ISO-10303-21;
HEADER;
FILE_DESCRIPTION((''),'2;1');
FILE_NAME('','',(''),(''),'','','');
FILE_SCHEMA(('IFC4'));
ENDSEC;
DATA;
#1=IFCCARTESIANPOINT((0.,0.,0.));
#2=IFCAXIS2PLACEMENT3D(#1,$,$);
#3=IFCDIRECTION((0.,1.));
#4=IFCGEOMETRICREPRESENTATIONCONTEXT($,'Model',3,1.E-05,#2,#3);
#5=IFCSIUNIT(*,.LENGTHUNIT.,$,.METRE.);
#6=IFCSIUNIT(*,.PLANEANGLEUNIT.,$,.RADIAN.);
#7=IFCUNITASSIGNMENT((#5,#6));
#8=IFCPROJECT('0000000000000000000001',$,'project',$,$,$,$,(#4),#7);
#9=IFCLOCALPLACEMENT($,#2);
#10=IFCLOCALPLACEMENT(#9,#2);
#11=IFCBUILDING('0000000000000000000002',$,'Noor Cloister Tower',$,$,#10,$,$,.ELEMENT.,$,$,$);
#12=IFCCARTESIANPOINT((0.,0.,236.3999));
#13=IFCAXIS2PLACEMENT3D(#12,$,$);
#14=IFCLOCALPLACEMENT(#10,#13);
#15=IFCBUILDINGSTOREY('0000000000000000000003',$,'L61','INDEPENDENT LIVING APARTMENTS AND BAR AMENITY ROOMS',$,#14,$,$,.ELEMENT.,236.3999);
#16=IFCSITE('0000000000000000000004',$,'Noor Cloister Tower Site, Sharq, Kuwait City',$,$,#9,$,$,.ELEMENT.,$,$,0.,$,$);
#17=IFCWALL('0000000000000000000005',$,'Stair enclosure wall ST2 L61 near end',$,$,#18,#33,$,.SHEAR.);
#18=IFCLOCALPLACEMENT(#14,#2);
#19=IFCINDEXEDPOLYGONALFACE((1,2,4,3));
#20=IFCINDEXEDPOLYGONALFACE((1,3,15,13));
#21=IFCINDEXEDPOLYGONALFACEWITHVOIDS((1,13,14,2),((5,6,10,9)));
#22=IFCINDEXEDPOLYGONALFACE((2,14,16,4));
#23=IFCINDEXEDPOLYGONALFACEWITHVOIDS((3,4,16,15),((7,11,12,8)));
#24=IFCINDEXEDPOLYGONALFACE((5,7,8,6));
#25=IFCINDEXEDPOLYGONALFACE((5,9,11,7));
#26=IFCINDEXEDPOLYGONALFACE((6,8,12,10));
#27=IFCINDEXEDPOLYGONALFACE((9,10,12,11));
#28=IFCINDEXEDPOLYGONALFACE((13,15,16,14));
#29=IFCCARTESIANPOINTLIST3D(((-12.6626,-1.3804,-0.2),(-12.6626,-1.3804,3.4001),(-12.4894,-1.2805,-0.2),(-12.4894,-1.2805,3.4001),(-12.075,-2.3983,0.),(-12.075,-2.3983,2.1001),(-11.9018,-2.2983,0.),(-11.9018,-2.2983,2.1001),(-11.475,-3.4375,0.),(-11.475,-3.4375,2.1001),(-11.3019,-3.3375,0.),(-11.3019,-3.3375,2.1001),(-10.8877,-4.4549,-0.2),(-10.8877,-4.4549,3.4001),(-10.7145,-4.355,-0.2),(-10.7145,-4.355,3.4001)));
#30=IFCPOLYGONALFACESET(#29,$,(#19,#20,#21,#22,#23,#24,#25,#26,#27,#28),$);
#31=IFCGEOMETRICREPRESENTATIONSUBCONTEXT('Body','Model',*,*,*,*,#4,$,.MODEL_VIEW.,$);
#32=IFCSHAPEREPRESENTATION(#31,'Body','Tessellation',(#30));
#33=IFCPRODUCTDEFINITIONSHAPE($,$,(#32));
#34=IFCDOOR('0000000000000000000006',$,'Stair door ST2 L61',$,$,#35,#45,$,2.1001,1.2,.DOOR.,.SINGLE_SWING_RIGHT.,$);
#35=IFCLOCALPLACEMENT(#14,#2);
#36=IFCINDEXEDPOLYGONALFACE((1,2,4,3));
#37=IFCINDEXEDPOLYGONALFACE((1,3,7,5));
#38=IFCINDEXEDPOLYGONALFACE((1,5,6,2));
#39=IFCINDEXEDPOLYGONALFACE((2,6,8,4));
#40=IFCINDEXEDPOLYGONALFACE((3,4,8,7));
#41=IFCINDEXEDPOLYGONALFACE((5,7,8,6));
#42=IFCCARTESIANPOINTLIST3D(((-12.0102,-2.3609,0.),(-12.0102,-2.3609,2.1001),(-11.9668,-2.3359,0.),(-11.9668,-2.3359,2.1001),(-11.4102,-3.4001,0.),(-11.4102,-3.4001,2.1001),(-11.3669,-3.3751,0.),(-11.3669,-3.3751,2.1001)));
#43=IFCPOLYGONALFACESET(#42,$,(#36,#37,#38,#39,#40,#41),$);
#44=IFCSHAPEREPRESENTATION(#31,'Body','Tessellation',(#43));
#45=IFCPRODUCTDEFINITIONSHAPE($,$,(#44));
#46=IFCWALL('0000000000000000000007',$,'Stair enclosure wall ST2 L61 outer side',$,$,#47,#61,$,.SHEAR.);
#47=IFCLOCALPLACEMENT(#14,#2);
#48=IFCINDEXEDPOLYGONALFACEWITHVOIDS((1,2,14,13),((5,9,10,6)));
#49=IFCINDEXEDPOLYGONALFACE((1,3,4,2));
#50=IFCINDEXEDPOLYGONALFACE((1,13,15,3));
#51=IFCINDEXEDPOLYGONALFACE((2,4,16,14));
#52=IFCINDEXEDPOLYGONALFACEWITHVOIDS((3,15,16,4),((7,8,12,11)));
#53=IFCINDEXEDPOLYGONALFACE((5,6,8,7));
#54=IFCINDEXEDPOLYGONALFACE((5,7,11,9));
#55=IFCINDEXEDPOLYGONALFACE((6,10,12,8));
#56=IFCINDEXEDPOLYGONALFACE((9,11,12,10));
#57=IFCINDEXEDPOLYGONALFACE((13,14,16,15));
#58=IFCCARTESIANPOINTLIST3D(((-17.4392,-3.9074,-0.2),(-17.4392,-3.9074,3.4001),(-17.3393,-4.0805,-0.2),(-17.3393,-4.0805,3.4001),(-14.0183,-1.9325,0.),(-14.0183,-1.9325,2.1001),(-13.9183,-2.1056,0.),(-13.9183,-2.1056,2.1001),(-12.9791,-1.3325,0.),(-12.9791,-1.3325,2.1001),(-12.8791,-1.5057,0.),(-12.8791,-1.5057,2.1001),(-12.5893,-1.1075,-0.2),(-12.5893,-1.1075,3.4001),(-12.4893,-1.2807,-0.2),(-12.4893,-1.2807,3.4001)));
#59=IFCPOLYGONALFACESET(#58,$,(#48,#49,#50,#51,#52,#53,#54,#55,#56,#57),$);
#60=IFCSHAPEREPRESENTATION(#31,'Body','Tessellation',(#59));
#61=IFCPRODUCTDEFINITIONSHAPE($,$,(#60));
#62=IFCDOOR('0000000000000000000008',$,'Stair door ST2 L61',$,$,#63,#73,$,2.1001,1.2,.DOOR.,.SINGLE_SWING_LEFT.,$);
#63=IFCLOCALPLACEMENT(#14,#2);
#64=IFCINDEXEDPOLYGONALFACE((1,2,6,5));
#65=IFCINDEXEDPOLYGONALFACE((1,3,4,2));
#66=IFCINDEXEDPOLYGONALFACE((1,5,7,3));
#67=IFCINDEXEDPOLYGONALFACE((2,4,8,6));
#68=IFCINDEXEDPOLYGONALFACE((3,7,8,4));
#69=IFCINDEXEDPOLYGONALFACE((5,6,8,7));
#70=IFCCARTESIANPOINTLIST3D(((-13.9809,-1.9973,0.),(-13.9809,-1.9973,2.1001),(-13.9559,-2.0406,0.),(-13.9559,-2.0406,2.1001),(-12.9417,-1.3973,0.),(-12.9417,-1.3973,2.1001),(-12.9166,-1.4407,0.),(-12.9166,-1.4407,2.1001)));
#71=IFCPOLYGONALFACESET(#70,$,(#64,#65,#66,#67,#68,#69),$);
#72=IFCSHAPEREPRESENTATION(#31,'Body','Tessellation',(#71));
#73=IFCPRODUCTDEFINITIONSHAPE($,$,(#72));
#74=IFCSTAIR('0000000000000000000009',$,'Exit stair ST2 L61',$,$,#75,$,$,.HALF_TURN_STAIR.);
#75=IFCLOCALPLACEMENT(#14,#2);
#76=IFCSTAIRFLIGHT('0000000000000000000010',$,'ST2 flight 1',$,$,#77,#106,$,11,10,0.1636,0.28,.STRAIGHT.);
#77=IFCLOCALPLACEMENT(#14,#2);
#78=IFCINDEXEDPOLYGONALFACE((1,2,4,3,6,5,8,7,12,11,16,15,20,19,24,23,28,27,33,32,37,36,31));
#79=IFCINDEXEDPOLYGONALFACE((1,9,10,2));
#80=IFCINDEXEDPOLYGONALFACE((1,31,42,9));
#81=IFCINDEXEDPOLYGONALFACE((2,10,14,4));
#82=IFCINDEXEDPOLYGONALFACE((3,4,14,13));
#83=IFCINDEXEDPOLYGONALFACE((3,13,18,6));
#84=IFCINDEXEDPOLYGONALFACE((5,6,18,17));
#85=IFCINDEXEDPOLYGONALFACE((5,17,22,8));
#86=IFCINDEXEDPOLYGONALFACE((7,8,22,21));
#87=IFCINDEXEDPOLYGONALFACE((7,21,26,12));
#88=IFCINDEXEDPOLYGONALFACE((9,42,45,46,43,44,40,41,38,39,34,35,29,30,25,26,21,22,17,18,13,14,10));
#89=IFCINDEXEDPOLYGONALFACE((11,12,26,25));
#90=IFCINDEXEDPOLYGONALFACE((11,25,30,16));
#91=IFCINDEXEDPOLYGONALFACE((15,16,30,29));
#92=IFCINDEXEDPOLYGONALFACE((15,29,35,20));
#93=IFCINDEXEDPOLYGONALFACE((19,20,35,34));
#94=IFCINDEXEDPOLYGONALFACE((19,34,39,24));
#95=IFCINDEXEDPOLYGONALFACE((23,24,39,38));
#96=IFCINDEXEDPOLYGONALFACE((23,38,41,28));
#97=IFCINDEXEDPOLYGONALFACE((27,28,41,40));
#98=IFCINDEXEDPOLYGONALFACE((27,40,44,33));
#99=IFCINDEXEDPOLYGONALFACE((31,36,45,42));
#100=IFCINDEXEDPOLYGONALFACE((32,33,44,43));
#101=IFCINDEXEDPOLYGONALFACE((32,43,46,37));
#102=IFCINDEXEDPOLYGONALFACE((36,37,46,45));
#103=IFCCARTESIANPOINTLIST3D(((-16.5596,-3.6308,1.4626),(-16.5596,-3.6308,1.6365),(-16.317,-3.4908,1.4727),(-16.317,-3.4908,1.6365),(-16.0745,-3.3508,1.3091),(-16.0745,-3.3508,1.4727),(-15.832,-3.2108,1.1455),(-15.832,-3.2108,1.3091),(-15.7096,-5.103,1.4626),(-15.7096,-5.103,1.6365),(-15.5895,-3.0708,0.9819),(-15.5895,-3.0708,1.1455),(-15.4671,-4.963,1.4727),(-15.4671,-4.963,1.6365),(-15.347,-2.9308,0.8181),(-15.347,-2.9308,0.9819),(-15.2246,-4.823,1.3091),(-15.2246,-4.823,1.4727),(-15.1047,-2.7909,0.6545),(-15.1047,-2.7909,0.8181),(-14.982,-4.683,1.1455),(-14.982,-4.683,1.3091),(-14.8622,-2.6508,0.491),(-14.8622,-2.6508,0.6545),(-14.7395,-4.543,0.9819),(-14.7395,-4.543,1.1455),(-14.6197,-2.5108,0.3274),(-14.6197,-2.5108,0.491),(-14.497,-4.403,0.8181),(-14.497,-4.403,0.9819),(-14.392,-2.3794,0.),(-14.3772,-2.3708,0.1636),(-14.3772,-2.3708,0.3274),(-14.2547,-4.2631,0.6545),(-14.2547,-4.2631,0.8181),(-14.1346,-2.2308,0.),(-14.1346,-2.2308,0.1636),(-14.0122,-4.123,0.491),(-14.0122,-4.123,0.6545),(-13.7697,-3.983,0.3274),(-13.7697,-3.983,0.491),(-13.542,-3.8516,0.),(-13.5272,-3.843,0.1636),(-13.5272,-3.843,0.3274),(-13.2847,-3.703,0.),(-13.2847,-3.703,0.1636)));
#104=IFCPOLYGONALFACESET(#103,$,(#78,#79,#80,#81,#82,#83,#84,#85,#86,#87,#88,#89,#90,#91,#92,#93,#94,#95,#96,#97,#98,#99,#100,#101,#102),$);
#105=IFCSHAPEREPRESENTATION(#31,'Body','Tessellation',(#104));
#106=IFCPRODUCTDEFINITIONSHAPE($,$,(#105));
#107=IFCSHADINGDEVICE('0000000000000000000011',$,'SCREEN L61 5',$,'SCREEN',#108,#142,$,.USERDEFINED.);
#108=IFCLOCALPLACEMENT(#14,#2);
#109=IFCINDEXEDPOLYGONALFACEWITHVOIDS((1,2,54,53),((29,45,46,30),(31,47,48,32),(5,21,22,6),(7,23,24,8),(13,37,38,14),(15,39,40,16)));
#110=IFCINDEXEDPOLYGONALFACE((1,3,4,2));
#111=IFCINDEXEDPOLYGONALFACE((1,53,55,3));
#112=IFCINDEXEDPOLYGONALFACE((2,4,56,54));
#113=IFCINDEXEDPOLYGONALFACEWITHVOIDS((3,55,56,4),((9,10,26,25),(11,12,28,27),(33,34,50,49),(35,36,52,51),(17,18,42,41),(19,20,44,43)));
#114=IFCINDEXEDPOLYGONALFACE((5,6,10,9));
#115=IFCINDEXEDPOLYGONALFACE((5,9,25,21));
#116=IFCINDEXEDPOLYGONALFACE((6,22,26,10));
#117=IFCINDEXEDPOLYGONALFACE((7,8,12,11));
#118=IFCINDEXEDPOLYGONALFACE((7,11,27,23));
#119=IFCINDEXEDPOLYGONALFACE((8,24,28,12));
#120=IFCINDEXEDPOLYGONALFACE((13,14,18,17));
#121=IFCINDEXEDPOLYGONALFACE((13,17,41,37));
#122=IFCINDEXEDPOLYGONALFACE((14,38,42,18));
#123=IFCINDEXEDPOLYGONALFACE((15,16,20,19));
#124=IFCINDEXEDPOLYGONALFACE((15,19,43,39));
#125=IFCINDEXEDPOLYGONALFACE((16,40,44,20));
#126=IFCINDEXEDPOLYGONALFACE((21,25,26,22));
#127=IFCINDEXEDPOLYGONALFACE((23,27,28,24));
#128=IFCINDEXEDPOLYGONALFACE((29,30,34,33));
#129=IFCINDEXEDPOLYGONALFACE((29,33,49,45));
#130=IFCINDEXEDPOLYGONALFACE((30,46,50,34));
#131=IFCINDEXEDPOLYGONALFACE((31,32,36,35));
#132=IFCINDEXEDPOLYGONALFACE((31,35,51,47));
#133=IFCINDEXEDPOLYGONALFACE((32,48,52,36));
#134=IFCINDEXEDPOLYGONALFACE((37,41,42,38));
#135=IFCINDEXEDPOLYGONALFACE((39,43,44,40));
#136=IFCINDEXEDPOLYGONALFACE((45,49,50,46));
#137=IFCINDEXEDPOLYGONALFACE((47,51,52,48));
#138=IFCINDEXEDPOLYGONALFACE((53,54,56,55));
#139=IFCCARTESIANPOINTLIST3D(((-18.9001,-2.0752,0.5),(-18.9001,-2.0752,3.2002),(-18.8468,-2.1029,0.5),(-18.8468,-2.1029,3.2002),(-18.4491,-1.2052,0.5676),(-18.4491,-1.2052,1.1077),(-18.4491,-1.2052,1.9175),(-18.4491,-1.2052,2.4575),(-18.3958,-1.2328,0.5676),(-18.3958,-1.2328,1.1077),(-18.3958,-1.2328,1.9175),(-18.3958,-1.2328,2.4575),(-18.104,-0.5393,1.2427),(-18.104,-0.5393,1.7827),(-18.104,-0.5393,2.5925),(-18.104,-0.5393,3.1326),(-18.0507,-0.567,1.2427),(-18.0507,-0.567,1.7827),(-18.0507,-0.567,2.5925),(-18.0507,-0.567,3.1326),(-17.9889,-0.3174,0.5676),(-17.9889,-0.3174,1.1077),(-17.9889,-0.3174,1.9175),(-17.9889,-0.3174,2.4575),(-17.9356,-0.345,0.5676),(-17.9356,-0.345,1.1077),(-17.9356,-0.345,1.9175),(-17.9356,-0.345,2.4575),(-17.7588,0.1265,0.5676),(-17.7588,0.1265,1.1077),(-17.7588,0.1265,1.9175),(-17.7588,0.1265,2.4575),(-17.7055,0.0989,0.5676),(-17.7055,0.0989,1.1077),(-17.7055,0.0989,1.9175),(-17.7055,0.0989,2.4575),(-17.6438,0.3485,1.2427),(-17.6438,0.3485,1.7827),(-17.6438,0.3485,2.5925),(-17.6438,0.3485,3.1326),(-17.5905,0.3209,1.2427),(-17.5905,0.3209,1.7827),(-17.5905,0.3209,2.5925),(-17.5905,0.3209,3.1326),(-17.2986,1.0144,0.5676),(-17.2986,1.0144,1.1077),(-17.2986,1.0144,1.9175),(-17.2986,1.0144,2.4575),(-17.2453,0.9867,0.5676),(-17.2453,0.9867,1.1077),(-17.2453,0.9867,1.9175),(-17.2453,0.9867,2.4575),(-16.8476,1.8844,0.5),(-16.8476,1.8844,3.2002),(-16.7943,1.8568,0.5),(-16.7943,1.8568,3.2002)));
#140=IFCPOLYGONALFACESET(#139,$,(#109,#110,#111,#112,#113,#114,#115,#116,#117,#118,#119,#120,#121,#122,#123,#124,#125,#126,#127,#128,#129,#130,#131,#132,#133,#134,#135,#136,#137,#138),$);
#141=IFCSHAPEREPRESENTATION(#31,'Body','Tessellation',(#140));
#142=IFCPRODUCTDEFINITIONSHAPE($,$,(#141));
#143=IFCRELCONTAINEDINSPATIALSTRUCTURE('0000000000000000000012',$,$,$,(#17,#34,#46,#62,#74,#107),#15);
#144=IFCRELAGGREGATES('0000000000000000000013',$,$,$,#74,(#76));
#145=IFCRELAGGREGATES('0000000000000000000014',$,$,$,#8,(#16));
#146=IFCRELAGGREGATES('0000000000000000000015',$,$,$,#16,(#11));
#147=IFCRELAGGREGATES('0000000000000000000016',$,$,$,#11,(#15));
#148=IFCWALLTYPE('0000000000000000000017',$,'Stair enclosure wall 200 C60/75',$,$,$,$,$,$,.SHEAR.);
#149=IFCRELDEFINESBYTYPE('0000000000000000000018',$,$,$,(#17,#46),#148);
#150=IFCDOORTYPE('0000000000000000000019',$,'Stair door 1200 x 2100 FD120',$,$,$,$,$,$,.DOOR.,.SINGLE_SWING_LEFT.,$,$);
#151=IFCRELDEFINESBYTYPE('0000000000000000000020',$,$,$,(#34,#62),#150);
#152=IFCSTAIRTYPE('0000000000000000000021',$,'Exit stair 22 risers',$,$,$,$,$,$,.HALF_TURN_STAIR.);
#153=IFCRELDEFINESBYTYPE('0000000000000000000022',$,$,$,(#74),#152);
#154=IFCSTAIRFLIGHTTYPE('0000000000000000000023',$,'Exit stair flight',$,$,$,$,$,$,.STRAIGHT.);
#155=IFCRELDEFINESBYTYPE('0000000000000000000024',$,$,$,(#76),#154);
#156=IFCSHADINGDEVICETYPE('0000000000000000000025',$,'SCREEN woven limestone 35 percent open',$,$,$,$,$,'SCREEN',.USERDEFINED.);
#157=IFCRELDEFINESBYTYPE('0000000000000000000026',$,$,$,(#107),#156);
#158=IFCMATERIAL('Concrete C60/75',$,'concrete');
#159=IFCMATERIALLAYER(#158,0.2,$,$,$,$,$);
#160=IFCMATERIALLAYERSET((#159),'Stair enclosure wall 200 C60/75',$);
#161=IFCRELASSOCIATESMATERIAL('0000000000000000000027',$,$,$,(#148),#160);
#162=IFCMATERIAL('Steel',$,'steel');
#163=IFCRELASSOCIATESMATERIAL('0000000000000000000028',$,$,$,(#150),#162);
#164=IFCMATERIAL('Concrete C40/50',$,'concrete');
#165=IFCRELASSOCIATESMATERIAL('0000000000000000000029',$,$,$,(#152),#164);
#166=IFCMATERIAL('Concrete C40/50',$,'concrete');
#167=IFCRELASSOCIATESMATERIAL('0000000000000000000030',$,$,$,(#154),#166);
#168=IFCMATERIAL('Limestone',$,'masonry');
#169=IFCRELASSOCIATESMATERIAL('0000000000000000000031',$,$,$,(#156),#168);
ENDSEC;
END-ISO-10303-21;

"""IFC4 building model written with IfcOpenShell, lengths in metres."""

from ifc_helpers import new_model, si_unit, direction, frame, frame_2d, origin, place, context, subcontext, project, spatial, polyline, rectangle, outline, extrude, material, layer, layer_set, material_profile, profile_set, type_object, element, fill, aggregate, save


model = new_model("IFC4")

# Units and contexts
model_context = context("Model", 3, precision=1e-05, world=origin(), true_north=direction((0.0, 1.0)))
body_context = subcontext(model_context, "Body", "Model", "MODEL_VIEW")
ifc_project = project(units=[si_unit("LENGTHUNIT", "METRE"), si_unit("PLANEANGLEUNIT", "RADIAN")], contexts=[model_context])

# Site, building, storey
site_placement = place(None, origin())
site = spatial("IfcSite", under=ifc_project, at=site_placement, Name="Noor Cloister Tower Site, Sharq, Kuwait City", CompositionType="ELEMENT", RefElevation=0.0)
building_placement = place(site_placement, origin())
building = spatial("IfcBuilding", under=site, at=building_placement, Name="Noor Cloister Tower", CompositionType="ELEMENT")
storey_placement = place(building_placement, frame((0.0, 0.0, 236.3999)))
storey = spatial("IfcBuildingStorey", under=building, at=storey_placement, Name="L61", Description="INDEPENDENT LIVING APARTMENTS AND BAR AMENITY ROOMS", CompositionType="ELEMENT", Elevation=236.3999)

# Walls, openings, doors
ifc_material_1 = material(Name="Concrete C60/75", Category="concrete")
ifc_layer_1 = layer(ifc_material_1, 0.2)
ifc_layer_set_1 = layer_set([ifc_layer_1], Name="Stair enclosure wall 200 C60/75")
wall_type_1 = type_object("IfcWallType", Name="Stair enclosure wall 200 C60/75", PredefinedType="SHEAR", material=ifc_layer_set_1)
wall_1_placement = place(storey_placement, frame((-12.5759, -1.3306, -0.2), z_axis=(0.0, 0.0, 1.0), x_axis=(0.49997, -0.866042, 0.0)))
wall_1 = element("IfcWall", 1, at=wall_1_placement, inside=storey, type_object=wall_type_1, Name="Stair enclosure wall ST2 L61 near end", PredefinedType="SHEAR", context=body_context, shape_type="SweptSolid", body=[
    extrude(rectangle(XDim=3.55, YDim=0.2, at=frame_2d((1.7749, 0.0))), origin(), (0.0, 0.0, 1.0), 3.6001),
])
opening_1_placement = place(wall_1_placement, frame((1.175, 0.0, 0.2)))
opening_1 = element("IfcOpeningElement", 2, at=opening_1_placement, cuts=wall_1, PredefinedType="OPENING", context=body_context, shape_type="SweptSolid", body=[
    extrude(rectangle(XDim=1.2, YDim=2.1001, at=frame_2d((0.6001, 1.05))), frame((0.0, 0.1099, 0.0), z_axis=(0.0, -1.0, 0.0), x_axis=(1.0, 0.0, 0.0)), (0.0, 0.0, 1.0), 0.22),
])
ifc_material_2 = material(Name="Steel", Category="steel")
door_type = type_object("IfcDoorType", Name="Stair door 1200 x 2100 FD120", OperationType="SINGLE_SWING_LEFT", PredefinedType="DOOR", material=ifc_material_2)
door_1_placement = place(opening_1_placement, origin())
door_1 = element("IfcDoor", 3, at=door_1_placement, inside=storey, type_object=door_type, Name="Stair door ST2 L61", OperationType="SINGLE_SWING_RIGHT", OverallHeight=2.1001, OverallWidth=1.2, PredefinedType="DOOR", context=body_context, shape_type="SweptSolid", body=[
    extrude(rectangle(XDim=1.2, YDim=2.1001, at=frame_2d((0.6001, 1.05))), frame((0.0, 0.0249, 0.0), z_axis=(0.0, -1.0, 0.0), x_axis=(1.0, 0.0, 0.0)), (0.0, 0.0, 1.0), 0.05),
])
fill(opening_1, door_1)
wall_2_placement = place(storey_placement, frame((-12.5393, -1.1941, -0.2), z_axis=(0.0, 0.0, 1.0), x_axis=(-0.866045, -0.499965, 0.0)))
wall_2 = element("IfcWall", 4, at=wall_2_placement, inside=storey, type_object=wall_type_1, Name="Stair enclosure wall ST2 L61 outer side", PredefinedType="SHEAR", context=body_context, shape_type="SweptSolid", body=[
    extrude(rectangle(XDim=5.6001, YDim=0.2, at=frame_2d((2.8, 0.0))), origin(), (0.0, 0.0, 1.0), 3.6001),
])
opening_2_placement = place(wall_2_placement, frame((0.45, 0.0, 0.2)))
opening_2 = element("IfcOpeningElement", 5, at=opening_2_placement, cuts=wall_2, PredefinedType="OPENING", context=body_context, shape_type="SweptSolid", body=[
    extrude(rectangle(XDim=1.2, YDim=2.1001, at=frame_2d((0.6001, 1.05))), frame((0.0, 0.1099, 0.0), z_axis=(0.0, -1.0, 0.0), x_axis=(1.0, 0.0, 0.0)), (0.0, 0.0, 1.0), 0.22),
])
door_2_placement = place(opening_2_placement, origin())
door_2 = element("IfcDoor", 6, at=door_2_placement, inside=storey, type_object=door_type, Name="Stair door ST2 L61", OperationType="SINGLE_SWING_LEFT", OverallHeight=2.1001, OverallWidth=1.2, PredefinedType="DOOR", context=body_context, shape_type="SweptSolid", body=[
    extrude(rectangle(XDim=1.2, YDim=2.1001, at=frame_2d((0.6001, 1.05))), frame((0.0, 0.0249, 0.0), z_axis=(0.0, -1.0, 0.0), x_axis=(1.0, 0.0, 0.0)), (0.0, 0.0, 1.0), 0.05),
])
fill(opening_2, door_2)

# Stair, stair flight
ifc_material_3 = material(Name="Concrete C40/50", Category="concrete")
stair_type = type_object("IfcStairType", Name="Exit stair 22 risers", PredefinedType="HALF_TURN_STAIR", material=ifc_material_3)
stair_placement = place(storey_placement, origin())
stair = element("IfcStair", 7, at=stair_placement, inside=storey, type_object=stair_type, Name="Exit stair ST2 L61", PredefinedType="HALF_TURN_STAIR")
ifc_material_4 = material(Name="Concrete C40/50", Category="concrete")
stair_flight_type = type_object("IfcStairFlightType", Name="Exit stair flight", PredefinedType="STRAIGHT", material=ifc_material_4)
stair_flight_placement = place(storey_placement, frame((-13.7097, -2.9668, 0.0), z_axis=(0.0, 0.0, 1.0), x_axis=(-0.866025, -0.5, 0.0)))
stair_flight = element("IfcStairFlight", 8, at=stair_flight_placement, type_object=stair_flight_type, Name="ST2 flight 1", NumberOfRisers=11, NumberOfTreads=10, PredefinedType="STRAIGHT", RiserHeight=0.1636, TreadLength=0.28, context=body_context, shape_type="SweptSolid", body=[
    extrude(outline(polyline([(0.0, 0.0), (0.0, 0.1636), (0.28, 0.1636), (0.28, 0.3274), (0.5601, 0.3274), (0.5601, 0.491), (0.8401, 0.491), (0.8401, 0.6545), (1.1201, 0.6545), (1.1201, 0.8181), (1.3999, 0.8181), (1.3999, 0.9819), (1.6799, 0.9819), (1.6799, 1.1455), (1.96, 1.1455), (1.96, 1.3091), (2.24, 1.3091), (2.24, 1.4727), (2.52, 1.4727), (2.52, 1.6365), (2.8, 1.6365), (2.8, 1.8), (2.8, 1.4626), (0.2971, 0.0), (0.0, 0.0)])), frame((0.0, 0.8501, 0.0), z_axis=(0.0, -1.0, 0.0), x_axis=(1.0, 0.0, 0.0)), (0.0, 0.0, 1.0), 1.7),
])
aggregate(stair, [stair_flight])

# Shading device
ifc_material_5 = material(Name="Limestone", Category="masonry")
ifc_material_profile_1 = material_profile(ifc_material_5, outline(polyline([(-2.23, -1.3501), (2.23, -1.3501), (2.23, 1.3501), (-2.23, 1.3501), (-2.23, -1.3501)]), holes=[polyline([(-1.25, -1.2825), (-0.25, -1.2825), (-0.25, -0.7424), (-1.25, -0.7424), (-1.25, -1.2825)]), polyline([(0.25, -1.2825), (1.25, -1.2825), (1.25, -0.7424), (0.25, -0.7424), (0.25, -1.2825)]), polyline([(-0.5, -0.6074), (0.5, -0.6074), (0.5, -0.0674), (-0.5, -0.0674), (-0.5, -0.6074)]), polyline([(-1.25, 0.0674), (-0.25, 0.0674), (-0.25, 0.6074), (-1.25, 0.6074), (-1.25, 0.0674)]), polyline([(0.25, 0.0674), (1.25, 0.0674), (1.25, 0.6074), (0.25, 0.6074), (0.25, 0.0674)]), polyline([(-0.5, 0.7424), (0.5, 0.7424), (0.5, 1.2825), (-0.5, 1.2825), (-0.5, 0.7424)])]), Name="Woven screen 35 percent open")
ifc_profile_set_1 = profile_set([ifc_material_profile_1], Name="Limestone")
shading_device_type = type_object("IfcShadingDeviceType", Name="SCREEN woven limestone 35 percent open", ElementType="SCREEN", PredefinedType="USERDEFINED", material=ifc_profile_set_1)
shading_device_placement = place(storey_placement, frame((-17.8206, -0.123, 1.8501), z_axis=(-0.887816, 0.460198, 0.0), x_axis=(-0.460198, -0.887816, 0.0)))
element("IfcShadingDevice", 9, at=shading_device_placement, inside=storey, type_object=shading_device_type, Name="SCREEN L61 5", ObjectType="SCREEN", PredefinedType="USERDEFINED", context=body_context, shape_type="SweptSolid", body=[
    extrude(outline(polyline([(-2.23, -1.3501), (2.23, -1.3501), (2.23, 1.3501), (-2.23, 1.3501), (-2.23, -1.3501)]), holes=[polyline([(-1.25, -1.2825), (-0.25, -1.2825), (-0.25, -0.7424), (-1.25, -0.7424), (-1.25, -1.2825)]), polyline([(0.25, -1.2825), (1.25, -1.2825), (1.25, -0.7424), (0.25, -0.7424), (0.25, -1.2825)]), polyline([(-0.5, -0.6074), (0.5, -0.6074), (0.5, -0.0674), (-0.5, -0.0674), (-0.5, -0.6074)]), polyline([(-1.25, 0.0674), (-0.25, 0.0674), (-0.25, 0.6074), (-1.25, 0.6074), (-1.25, 0.0674)]), polyline([(0.25, 0.0674), (1.25, 0.0674), (1.25, 0.6074), (0.25, 0.6074), (0.25, 0.0674)]), polyline([(-0.5, 0.7424), (0.5, 0.7424), (0.5, 1.2825), (-0.5, 1.2825), (-0.5, 0.7424)])]), origin(), (0.0, 0.0, 1.0), 0.0601),
])

save(model, "model.ifc")
